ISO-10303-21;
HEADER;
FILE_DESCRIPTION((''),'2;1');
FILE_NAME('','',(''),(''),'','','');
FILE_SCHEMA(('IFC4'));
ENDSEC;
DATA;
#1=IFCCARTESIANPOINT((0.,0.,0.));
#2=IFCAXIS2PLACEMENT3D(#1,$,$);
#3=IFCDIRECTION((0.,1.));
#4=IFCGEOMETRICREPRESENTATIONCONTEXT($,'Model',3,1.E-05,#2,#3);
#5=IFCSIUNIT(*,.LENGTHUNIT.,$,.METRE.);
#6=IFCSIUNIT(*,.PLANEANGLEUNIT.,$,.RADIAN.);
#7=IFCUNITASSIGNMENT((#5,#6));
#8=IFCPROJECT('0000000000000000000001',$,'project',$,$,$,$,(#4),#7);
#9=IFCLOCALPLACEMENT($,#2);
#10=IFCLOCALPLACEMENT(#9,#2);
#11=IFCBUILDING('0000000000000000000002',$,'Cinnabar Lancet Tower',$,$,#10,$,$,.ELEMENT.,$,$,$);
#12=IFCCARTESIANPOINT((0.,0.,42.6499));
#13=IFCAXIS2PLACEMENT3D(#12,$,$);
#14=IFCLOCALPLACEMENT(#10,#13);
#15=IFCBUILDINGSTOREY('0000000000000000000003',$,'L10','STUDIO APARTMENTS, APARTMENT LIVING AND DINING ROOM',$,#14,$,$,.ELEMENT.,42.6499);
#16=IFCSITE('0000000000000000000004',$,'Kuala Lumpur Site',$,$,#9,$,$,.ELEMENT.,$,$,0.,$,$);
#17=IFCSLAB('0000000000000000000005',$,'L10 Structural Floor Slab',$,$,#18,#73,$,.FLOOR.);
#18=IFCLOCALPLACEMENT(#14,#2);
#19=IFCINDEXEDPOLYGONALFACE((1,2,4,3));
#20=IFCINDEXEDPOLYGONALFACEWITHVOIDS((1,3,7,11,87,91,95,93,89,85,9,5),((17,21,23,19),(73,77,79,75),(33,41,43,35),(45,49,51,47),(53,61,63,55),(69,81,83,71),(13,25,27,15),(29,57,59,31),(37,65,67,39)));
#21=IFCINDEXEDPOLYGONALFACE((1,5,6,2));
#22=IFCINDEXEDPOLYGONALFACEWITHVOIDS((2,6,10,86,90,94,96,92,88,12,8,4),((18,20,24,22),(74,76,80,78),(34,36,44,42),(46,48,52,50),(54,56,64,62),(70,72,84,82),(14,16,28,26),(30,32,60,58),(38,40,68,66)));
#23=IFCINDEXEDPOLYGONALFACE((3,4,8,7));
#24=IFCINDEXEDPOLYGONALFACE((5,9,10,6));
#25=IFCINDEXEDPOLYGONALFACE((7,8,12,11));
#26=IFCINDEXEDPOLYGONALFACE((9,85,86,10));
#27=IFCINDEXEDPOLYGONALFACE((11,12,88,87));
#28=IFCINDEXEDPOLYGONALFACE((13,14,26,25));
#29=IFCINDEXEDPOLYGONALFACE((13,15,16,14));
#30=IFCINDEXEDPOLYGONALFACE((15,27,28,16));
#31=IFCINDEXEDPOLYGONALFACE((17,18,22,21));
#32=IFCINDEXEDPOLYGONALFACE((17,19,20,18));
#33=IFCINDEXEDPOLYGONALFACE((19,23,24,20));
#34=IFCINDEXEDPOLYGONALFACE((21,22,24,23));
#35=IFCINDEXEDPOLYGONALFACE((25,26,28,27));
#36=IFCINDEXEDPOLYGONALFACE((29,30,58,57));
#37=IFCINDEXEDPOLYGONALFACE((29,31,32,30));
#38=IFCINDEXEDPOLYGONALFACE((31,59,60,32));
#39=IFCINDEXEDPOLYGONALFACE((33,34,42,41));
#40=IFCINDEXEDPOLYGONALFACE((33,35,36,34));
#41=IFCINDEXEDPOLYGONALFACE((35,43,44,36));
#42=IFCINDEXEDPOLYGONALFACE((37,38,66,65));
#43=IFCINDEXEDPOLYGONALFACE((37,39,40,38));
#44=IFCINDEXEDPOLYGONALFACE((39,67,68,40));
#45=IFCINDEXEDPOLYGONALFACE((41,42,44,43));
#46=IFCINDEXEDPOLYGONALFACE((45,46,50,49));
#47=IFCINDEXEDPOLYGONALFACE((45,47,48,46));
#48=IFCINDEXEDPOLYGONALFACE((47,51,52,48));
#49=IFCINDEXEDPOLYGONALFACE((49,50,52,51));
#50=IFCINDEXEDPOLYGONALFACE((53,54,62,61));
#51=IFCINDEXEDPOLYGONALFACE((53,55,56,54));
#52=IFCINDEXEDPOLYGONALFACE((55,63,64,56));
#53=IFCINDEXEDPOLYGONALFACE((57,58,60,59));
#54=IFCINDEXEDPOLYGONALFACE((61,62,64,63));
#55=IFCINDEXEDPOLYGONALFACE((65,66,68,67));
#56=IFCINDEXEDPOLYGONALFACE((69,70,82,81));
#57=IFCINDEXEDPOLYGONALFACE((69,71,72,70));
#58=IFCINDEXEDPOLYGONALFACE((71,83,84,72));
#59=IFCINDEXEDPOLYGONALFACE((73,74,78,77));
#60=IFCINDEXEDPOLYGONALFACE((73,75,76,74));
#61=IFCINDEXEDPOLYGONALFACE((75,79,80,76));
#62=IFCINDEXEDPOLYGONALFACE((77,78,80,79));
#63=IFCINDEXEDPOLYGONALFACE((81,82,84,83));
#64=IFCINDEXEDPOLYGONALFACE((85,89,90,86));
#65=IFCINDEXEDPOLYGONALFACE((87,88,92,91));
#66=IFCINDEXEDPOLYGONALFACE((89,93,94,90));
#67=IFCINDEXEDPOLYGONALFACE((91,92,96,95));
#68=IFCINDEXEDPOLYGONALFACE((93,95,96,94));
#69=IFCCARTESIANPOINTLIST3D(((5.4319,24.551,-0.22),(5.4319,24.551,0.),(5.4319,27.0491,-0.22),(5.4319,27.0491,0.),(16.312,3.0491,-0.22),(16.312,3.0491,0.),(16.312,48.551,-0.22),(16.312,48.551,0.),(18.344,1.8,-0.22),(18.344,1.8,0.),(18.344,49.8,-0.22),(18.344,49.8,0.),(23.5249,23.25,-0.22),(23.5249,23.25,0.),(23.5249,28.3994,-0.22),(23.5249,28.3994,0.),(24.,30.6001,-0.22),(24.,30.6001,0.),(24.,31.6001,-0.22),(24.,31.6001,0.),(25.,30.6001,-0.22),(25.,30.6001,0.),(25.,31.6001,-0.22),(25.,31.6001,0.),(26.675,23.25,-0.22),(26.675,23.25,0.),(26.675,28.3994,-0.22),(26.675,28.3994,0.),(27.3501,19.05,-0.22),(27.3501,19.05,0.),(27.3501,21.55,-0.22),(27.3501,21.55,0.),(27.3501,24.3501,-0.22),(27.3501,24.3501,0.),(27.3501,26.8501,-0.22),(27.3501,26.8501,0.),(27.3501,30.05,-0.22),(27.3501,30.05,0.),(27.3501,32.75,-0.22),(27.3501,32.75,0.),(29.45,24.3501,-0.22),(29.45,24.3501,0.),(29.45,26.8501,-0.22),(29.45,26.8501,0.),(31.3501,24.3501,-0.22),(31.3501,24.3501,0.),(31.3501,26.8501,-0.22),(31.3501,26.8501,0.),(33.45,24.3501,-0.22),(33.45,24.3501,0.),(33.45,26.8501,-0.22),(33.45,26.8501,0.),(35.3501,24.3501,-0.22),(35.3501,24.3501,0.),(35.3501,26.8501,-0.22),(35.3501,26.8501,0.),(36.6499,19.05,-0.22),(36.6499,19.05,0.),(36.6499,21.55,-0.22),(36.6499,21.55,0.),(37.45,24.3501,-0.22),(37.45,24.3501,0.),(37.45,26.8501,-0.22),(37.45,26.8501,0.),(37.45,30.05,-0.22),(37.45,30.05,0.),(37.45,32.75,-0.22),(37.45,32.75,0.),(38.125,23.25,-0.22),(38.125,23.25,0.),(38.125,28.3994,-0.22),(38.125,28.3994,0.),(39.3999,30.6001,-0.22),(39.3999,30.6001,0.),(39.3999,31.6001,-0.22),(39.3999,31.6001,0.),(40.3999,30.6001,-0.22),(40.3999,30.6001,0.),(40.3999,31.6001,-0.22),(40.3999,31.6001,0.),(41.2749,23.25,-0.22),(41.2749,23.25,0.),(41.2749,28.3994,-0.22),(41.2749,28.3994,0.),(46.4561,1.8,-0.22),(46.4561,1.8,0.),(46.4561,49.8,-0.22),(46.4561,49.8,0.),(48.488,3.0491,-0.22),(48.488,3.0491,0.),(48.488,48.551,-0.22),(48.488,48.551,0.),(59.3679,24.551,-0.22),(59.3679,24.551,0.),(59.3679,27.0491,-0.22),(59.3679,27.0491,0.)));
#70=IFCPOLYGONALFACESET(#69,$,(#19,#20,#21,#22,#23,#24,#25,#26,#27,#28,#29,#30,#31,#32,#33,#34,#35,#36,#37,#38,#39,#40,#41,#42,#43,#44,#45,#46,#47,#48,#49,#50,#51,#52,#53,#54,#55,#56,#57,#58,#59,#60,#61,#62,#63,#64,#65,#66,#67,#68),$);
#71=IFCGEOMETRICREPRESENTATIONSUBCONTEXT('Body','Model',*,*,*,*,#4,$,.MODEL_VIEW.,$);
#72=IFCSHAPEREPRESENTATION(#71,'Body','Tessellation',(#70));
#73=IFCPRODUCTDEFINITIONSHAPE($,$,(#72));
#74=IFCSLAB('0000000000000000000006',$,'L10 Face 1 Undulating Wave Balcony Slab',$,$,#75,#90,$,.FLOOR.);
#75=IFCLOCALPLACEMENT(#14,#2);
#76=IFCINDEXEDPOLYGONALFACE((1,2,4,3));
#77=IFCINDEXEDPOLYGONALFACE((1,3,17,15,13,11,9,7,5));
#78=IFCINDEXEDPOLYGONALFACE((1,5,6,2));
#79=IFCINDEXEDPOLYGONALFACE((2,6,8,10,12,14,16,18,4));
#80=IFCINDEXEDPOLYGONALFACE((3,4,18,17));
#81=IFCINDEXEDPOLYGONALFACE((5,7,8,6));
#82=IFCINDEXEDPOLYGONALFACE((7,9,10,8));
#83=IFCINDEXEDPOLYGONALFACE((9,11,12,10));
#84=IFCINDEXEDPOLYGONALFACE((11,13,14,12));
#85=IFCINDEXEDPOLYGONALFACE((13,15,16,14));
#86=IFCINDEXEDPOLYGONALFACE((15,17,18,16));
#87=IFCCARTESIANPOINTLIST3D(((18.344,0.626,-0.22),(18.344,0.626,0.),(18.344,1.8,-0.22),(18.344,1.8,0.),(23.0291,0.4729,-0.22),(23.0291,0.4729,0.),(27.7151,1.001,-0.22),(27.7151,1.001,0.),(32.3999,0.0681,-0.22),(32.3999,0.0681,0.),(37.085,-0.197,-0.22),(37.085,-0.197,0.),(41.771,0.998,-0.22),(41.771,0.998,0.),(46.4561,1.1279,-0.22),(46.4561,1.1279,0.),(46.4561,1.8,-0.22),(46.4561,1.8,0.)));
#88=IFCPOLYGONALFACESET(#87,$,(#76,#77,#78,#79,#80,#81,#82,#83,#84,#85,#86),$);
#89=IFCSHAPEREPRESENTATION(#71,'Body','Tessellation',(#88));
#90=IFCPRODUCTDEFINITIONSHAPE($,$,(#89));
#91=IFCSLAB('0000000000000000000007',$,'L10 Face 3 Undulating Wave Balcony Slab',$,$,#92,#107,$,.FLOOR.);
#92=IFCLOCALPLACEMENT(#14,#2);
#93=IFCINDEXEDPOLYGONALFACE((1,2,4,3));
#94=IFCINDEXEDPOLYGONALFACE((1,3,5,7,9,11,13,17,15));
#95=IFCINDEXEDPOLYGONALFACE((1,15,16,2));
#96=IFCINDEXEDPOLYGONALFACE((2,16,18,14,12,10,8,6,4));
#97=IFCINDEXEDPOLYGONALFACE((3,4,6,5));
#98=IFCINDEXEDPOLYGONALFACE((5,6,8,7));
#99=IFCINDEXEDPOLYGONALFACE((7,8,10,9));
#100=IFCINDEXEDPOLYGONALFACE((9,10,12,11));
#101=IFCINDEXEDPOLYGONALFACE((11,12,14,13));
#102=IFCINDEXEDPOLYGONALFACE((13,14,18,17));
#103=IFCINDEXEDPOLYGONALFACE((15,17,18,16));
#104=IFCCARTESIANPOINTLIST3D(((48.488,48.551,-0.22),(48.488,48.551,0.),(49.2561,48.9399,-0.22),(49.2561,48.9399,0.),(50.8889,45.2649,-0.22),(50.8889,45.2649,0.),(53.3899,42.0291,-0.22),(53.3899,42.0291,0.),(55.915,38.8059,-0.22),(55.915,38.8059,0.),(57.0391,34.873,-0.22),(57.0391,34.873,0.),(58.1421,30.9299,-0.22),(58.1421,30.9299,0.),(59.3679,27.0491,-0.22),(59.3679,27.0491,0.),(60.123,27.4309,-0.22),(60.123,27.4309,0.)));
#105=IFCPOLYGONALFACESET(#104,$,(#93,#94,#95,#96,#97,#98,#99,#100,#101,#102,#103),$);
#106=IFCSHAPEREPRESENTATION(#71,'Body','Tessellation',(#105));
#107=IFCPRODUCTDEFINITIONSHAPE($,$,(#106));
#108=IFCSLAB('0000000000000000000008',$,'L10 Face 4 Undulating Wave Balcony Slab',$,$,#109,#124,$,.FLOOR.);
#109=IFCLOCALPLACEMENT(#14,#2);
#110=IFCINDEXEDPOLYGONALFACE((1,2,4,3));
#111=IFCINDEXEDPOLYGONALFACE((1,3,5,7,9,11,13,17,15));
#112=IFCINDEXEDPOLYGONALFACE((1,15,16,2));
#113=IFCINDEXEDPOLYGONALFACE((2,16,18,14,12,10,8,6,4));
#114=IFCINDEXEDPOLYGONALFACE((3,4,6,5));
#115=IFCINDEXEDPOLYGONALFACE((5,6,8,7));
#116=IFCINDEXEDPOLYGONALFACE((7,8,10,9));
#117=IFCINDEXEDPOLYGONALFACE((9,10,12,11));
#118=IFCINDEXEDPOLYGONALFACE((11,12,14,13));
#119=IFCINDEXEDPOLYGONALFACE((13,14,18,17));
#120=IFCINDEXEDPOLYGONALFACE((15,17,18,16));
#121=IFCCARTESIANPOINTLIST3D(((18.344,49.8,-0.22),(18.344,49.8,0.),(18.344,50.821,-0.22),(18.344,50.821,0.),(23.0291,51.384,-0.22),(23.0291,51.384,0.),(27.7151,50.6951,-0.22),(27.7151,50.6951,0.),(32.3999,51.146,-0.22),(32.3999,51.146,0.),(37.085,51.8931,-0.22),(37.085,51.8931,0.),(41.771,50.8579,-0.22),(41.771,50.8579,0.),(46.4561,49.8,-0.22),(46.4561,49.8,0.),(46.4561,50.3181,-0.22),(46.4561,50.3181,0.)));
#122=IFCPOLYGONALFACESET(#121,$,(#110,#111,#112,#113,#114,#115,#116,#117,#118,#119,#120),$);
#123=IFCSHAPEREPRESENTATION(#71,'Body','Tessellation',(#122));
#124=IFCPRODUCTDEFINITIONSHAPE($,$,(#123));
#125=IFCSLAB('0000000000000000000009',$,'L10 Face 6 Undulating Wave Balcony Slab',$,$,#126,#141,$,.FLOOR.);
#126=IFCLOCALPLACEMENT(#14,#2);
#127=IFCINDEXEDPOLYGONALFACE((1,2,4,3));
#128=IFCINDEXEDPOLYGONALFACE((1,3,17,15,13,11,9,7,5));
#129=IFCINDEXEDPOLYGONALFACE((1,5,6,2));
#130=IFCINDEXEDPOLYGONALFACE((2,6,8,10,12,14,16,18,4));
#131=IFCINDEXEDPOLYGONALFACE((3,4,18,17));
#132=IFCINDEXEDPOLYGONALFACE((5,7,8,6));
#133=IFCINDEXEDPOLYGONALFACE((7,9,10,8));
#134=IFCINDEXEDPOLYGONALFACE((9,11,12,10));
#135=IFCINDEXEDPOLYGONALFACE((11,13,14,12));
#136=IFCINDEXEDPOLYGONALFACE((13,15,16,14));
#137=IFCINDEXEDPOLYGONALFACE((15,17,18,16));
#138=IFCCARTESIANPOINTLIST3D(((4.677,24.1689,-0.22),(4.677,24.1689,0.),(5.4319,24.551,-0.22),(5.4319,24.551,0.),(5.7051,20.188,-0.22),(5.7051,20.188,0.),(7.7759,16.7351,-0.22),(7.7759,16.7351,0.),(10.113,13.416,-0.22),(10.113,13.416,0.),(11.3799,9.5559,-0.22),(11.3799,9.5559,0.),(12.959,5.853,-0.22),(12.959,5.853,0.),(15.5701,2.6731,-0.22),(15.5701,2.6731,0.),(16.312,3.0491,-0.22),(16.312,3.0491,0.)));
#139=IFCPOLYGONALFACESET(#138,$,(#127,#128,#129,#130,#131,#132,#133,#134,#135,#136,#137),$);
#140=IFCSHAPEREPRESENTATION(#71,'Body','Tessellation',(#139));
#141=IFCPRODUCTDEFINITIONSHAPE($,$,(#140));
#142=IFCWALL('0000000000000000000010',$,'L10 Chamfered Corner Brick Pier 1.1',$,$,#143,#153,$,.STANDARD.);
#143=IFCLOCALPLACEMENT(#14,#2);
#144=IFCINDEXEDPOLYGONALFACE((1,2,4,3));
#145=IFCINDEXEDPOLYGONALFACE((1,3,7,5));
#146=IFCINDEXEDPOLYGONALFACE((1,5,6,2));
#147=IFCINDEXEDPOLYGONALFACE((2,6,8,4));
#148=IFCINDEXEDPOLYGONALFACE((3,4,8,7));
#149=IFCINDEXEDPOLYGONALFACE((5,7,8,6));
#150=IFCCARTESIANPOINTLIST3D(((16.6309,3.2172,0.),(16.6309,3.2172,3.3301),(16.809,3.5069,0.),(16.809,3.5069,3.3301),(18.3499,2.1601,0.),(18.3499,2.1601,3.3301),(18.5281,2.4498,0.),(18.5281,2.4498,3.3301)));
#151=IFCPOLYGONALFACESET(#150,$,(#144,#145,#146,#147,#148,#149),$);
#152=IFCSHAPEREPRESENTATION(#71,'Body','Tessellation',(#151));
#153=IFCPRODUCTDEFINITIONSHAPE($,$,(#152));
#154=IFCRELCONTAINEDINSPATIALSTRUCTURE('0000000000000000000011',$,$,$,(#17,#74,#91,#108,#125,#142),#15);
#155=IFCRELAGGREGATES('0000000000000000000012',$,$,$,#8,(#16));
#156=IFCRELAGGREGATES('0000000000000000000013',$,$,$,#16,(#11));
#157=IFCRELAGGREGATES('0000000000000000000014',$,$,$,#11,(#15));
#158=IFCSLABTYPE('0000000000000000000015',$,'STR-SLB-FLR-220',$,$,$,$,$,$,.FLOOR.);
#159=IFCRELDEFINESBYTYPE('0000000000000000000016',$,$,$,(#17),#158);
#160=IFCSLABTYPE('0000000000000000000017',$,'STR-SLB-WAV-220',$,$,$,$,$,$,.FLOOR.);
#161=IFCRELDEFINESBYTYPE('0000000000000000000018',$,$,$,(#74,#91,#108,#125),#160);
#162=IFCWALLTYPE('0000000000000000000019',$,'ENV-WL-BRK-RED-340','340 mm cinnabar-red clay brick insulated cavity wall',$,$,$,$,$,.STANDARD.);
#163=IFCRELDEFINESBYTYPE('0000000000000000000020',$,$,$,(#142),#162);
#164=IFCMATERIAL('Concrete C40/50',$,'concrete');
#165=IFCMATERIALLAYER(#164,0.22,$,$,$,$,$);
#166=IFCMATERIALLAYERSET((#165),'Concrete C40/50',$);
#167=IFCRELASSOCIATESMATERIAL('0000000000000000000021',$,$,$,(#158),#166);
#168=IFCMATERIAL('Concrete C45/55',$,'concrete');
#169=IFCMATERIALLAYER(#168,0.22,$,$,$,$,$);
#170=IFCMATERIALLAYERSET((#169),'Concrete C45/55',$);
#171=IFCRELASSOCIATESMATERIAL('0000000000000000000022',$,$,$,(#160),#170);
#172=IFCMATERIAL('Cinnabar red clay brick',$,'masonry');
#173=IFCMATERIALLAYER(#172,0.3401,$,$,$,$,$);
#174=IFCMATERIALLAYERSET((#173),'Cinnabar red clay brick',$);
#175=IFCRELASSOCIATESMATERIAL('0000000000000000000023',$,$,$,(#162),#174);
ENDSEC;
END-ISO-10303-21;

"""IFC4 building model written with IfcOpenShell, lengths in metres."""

from ifc_helpers import new_model, si_unit, direction, frame, frame_2d, origin, place, context, subcontext, project, spatial, polyline, rectangle, outline, extrude, material, layer, layer_set, type_object, element, save


model = new_model("IFC4")

# Units and contexts
model_context = context("Model", 3, precision=1e-05, world=origin(), true_north=direction((0.0, 1.0)))
body_context = subcontext(model_context, "Body", "Model", "MODEL_VIEW")
ifc_project = project(units=[si_unit("LENGTHUNIT", "METRE"), si_unit("PLANEANGLEUNIT", "RADIAN")], contexts=[model_context])

# Site, building, storey
site_placement = place(None, origin())
site = spatial("IfcSite", under=ifc_project, at=site_placement, Name="Kuala Lumpur Site", CompositionType="ELEMENT", RefElevation=0.0)
building_placement = place(site_placement, origin())
building = spatial("IfcBuilding", under=site, at=building_placement, Name="Cinnabar Lancet Tower", CompositionType="ELEMENT")
storey_placement = place(building_placement, frame((0.0, 0.0, 42.6499)))
storey = spatial("IfcBuildingStorey", under=building, at=storey_placement, Name="L10", Description="STUDIO APARTMENTS, APARTMENT LIVING AND DINING ROOM", CompositionType="ELEMENT", Elevation=42.6499)

# Slabs
ifc_material_1 = material(Name="Concrete C40/50", Category="concrete")
ifc_layer_1 = layer(ifc_material_1, 0.22)
ifc_layer_set_1 = layer_set([ifc_layer_1], Name="Concrete C40/50")
slab_type_1 = type_object("IfcSlabType", Name="STR-SLB-FLR-220", PredefinedType="FLOOR", material=ifc_layer_set_1)
slab_1_placement = place(storey_placement, frame((0.0, 0.0, -0.22)))
element("IfcSlab", 1, at=slab_1_placement, inside=storey, type_object=slab_type_1, Name="L10 Structural Floor Slab", PredefinedType="FLOOR", context=body_context, shape_type="SweptSolid", body=[
    extrude(outline(polyline([(16.312, 3.0491), (18.344, 1.8), (46.4561, 1.8), (48.488, 3.0491), (59.3679, 24.551), (59.3679, 27.0491), (48.488, 48.551), (46.4561, 49.8), (18.344, 49.8), (16.312, 48.551), (5.4319, 27.0491), (5.4319, 24.551), (16.312, 3.0491)]), holes=[polyline([(23.5249, 23.25), (26.675, 23.25), (26.675, 28.3994), (23.5249, 28.3994), (23.5249, 23.25)]), polyline([(38.125, 23.25), (41.2749, 23.25), (41.2749, 28.3994), (38.125, 28.3994), (38.125, 23.25)]), polyline([(27.3501, 30.05), (37.45, 30.05), (37.45, 32.75), (27.3501, 32.75), (27.3501, 30.05)]), polyline([(27.3501, 19.05), (36.6499, 19.05), (36.6499, 21.55), (27.3501, 21.55), (27.3501, 19.05)]), polyline([(27.3501, 24.3501), (29.45, 24.3501), (29.45, 26.8501), (27.3501, 26.8501), (27.3501, 24.3501)]), polyline([(35.3501, 24.3501), (37.45, 24.3501), (37.45, 26.8501), (35.3501, 26.8501), (35.3501, 24.3501)]), polyline([(31.3501, 24.3501), (33.45, 24.3501), (33.45, 26.8501), (31.3501, 26.8501), (31.3501, 24.3501)]), polyline([(24.0, 30.6001), (25.0, 30.6001), (25.0, 31.6001), (24.0, 31.6001), (24.0, 30.6001)]), polyline([(39.3999, 30.6001), (40.3999, 30.6001), (40.3999, 31.6001), (39.3999, 31.6001), (39.3999, 30.6001)])]), origin(), (0.0, 0.0, 1.0), 0.22),
])
ifc_material_2 = material(Name="Concrete C45/55", Category="concrete")
ifc_layer_2 = layer(ifc_material_2, 0.22)
ifc_layer_set_2 = layer_set([ifc_layer_2], Name="Concrete C45/55")
slab_type_2 = type_object("IfcSlabType", Name="STR-SLB-WAV-220", PredefinedType="FLOOR", material=ifc_layer_set_2)
slab_2_placement = place(storey_placement, frame((0.0, 0.0, -0.22)))
element("IfcSlab", 2, at=slab_2_placement, inside=storey, type_object=slab_type_2, Name="L10 Face 1 Undulating Wave Balcony Slab", PredefinedType="FLOOR", context=body_context, shape_type="SweptSolid", body=[
    extrude(outline(polyline([(18.344, 1.8), (18.344, 0.626), (23.0291, 0.4729), (27.7151, 1.001), (32.3999, 0.0681), (37.085, -0.197), (41.771, 0.998), (46.4561, 1.1279), (46.4561, 1.8), (18.344, 1.8)])), origin(), (0.0, 0.0, 1.0), 0.22),
])
slab_3_placement = place(storey_placement, frame((0.0, 0.0, -0.22)))
element("IfcSlab", 3, at=slab_3_placement, inside=storey, type_object=slab_type_2, Name="L10 Face 3 Undulating Wave Balcony Slab", PredefinedType="FLOOR", context=body_context, shape_type="SweptSolid", body=[
    extrude(outline(polyline([(59.3679, 27.0491), (60.123, 27.4309), (58.1421, 30.9299), (57.0391, 34.873), (55.915, 38.8059), (53.3899, 42.0291), (50.8889, 45.2649), (49.2561, 48.9399), (48.488, 48.551), (59.3679, 27.0491)])), origin(), (0.0, 0.0, 1.0), 0.22),
])
slab_4_placement = place(storey_placement, frame((0.0, 0.0, -0.22)))
element("IfcSlab", 4, at=slab_4_placement, inside=storey, type_object=slab_type_2, Name="L10 Face 4 Undulating Wave Balcony Slab", PredefinedType="FLOOR", context=body_context, shape_type="SweptSolid", body=[
    extrude(outline(polyline([(46.4561, 49.8), (46.4561, 50.3181), (41.771, 50.8579), (37.085, 51.8931), (32.3999, 51.146), (27.7151, 50.6951), (23.0291, 51.384), (18.344, 50.821), (18.344, 49.8), (46.4561, 49.8)])), origin(), (0.0, 0.0, 1.0), 0.22),
])
slab_5_placement = place(storey_placement, frame((0.0, 0.0, -0.22)))
element("IfcSlab", 5, at=slab_5_placement, inside=storey, type_object=slab_type_2, Name="L10 Face 6 Undulating Wave Balcony Slab", PredefinedType="FLOOR", context=body_context, shape_type="SweptSolid", body=[
    extrude(outline(polyline([(5.4319, 24.551), (4.677, 24.1689), (5.7051, 20.188), (7.7759, 16.7351), (10.113, 13.416), (11.3799, 9.5559), (12.959, 5.853), (15.5701, 2.6731), (16.312, 3.0491), (5.4319, 24.551)])), origin(), (0.0, 0.0, 1.0), 0.22),
])

# Wall
ifc_material_3 = material(Name="Cinnabar red clay brick", Category="masonry")
ifc_layer_3 = layer(ifc_material_3, 0.3401)
ifc_layer_set_3 = layer_set([ifc_layer_3], Name="Cinnabar red clay brick")
wall_type = type_object("IfcWallType", Name="ENV-WL-BRK-RED-340", Description="340 mm cinnabar-red clay brick insulated cavity wall", PredefinedType="STANDARD", material=ifc_layer_set_3)
wall_1_placement = place(storey_placement, frame((16.72, 3.3621, 0.0), z_axis=(0.0, 0.0, 1.0), x_axis=(0.851816, -0.523841, 0.0)))
element("IfcWall", 6, at=wall_1_placement, inside=storey, type_object=wall_type, Name="L10 Chamfered Corner Brick Pier 1.1", PredefinedType="STANDARD", context=body_context, shape_type="SweptSolid", body=[
    extrude(rectangle(XDim=2.0181, YDim=0.3401, at=frame_2d((1.009, 0.0))), origin(), (0.0, 0.0, 1.0), 3.3301),
])

save(model, "model.ifc")
